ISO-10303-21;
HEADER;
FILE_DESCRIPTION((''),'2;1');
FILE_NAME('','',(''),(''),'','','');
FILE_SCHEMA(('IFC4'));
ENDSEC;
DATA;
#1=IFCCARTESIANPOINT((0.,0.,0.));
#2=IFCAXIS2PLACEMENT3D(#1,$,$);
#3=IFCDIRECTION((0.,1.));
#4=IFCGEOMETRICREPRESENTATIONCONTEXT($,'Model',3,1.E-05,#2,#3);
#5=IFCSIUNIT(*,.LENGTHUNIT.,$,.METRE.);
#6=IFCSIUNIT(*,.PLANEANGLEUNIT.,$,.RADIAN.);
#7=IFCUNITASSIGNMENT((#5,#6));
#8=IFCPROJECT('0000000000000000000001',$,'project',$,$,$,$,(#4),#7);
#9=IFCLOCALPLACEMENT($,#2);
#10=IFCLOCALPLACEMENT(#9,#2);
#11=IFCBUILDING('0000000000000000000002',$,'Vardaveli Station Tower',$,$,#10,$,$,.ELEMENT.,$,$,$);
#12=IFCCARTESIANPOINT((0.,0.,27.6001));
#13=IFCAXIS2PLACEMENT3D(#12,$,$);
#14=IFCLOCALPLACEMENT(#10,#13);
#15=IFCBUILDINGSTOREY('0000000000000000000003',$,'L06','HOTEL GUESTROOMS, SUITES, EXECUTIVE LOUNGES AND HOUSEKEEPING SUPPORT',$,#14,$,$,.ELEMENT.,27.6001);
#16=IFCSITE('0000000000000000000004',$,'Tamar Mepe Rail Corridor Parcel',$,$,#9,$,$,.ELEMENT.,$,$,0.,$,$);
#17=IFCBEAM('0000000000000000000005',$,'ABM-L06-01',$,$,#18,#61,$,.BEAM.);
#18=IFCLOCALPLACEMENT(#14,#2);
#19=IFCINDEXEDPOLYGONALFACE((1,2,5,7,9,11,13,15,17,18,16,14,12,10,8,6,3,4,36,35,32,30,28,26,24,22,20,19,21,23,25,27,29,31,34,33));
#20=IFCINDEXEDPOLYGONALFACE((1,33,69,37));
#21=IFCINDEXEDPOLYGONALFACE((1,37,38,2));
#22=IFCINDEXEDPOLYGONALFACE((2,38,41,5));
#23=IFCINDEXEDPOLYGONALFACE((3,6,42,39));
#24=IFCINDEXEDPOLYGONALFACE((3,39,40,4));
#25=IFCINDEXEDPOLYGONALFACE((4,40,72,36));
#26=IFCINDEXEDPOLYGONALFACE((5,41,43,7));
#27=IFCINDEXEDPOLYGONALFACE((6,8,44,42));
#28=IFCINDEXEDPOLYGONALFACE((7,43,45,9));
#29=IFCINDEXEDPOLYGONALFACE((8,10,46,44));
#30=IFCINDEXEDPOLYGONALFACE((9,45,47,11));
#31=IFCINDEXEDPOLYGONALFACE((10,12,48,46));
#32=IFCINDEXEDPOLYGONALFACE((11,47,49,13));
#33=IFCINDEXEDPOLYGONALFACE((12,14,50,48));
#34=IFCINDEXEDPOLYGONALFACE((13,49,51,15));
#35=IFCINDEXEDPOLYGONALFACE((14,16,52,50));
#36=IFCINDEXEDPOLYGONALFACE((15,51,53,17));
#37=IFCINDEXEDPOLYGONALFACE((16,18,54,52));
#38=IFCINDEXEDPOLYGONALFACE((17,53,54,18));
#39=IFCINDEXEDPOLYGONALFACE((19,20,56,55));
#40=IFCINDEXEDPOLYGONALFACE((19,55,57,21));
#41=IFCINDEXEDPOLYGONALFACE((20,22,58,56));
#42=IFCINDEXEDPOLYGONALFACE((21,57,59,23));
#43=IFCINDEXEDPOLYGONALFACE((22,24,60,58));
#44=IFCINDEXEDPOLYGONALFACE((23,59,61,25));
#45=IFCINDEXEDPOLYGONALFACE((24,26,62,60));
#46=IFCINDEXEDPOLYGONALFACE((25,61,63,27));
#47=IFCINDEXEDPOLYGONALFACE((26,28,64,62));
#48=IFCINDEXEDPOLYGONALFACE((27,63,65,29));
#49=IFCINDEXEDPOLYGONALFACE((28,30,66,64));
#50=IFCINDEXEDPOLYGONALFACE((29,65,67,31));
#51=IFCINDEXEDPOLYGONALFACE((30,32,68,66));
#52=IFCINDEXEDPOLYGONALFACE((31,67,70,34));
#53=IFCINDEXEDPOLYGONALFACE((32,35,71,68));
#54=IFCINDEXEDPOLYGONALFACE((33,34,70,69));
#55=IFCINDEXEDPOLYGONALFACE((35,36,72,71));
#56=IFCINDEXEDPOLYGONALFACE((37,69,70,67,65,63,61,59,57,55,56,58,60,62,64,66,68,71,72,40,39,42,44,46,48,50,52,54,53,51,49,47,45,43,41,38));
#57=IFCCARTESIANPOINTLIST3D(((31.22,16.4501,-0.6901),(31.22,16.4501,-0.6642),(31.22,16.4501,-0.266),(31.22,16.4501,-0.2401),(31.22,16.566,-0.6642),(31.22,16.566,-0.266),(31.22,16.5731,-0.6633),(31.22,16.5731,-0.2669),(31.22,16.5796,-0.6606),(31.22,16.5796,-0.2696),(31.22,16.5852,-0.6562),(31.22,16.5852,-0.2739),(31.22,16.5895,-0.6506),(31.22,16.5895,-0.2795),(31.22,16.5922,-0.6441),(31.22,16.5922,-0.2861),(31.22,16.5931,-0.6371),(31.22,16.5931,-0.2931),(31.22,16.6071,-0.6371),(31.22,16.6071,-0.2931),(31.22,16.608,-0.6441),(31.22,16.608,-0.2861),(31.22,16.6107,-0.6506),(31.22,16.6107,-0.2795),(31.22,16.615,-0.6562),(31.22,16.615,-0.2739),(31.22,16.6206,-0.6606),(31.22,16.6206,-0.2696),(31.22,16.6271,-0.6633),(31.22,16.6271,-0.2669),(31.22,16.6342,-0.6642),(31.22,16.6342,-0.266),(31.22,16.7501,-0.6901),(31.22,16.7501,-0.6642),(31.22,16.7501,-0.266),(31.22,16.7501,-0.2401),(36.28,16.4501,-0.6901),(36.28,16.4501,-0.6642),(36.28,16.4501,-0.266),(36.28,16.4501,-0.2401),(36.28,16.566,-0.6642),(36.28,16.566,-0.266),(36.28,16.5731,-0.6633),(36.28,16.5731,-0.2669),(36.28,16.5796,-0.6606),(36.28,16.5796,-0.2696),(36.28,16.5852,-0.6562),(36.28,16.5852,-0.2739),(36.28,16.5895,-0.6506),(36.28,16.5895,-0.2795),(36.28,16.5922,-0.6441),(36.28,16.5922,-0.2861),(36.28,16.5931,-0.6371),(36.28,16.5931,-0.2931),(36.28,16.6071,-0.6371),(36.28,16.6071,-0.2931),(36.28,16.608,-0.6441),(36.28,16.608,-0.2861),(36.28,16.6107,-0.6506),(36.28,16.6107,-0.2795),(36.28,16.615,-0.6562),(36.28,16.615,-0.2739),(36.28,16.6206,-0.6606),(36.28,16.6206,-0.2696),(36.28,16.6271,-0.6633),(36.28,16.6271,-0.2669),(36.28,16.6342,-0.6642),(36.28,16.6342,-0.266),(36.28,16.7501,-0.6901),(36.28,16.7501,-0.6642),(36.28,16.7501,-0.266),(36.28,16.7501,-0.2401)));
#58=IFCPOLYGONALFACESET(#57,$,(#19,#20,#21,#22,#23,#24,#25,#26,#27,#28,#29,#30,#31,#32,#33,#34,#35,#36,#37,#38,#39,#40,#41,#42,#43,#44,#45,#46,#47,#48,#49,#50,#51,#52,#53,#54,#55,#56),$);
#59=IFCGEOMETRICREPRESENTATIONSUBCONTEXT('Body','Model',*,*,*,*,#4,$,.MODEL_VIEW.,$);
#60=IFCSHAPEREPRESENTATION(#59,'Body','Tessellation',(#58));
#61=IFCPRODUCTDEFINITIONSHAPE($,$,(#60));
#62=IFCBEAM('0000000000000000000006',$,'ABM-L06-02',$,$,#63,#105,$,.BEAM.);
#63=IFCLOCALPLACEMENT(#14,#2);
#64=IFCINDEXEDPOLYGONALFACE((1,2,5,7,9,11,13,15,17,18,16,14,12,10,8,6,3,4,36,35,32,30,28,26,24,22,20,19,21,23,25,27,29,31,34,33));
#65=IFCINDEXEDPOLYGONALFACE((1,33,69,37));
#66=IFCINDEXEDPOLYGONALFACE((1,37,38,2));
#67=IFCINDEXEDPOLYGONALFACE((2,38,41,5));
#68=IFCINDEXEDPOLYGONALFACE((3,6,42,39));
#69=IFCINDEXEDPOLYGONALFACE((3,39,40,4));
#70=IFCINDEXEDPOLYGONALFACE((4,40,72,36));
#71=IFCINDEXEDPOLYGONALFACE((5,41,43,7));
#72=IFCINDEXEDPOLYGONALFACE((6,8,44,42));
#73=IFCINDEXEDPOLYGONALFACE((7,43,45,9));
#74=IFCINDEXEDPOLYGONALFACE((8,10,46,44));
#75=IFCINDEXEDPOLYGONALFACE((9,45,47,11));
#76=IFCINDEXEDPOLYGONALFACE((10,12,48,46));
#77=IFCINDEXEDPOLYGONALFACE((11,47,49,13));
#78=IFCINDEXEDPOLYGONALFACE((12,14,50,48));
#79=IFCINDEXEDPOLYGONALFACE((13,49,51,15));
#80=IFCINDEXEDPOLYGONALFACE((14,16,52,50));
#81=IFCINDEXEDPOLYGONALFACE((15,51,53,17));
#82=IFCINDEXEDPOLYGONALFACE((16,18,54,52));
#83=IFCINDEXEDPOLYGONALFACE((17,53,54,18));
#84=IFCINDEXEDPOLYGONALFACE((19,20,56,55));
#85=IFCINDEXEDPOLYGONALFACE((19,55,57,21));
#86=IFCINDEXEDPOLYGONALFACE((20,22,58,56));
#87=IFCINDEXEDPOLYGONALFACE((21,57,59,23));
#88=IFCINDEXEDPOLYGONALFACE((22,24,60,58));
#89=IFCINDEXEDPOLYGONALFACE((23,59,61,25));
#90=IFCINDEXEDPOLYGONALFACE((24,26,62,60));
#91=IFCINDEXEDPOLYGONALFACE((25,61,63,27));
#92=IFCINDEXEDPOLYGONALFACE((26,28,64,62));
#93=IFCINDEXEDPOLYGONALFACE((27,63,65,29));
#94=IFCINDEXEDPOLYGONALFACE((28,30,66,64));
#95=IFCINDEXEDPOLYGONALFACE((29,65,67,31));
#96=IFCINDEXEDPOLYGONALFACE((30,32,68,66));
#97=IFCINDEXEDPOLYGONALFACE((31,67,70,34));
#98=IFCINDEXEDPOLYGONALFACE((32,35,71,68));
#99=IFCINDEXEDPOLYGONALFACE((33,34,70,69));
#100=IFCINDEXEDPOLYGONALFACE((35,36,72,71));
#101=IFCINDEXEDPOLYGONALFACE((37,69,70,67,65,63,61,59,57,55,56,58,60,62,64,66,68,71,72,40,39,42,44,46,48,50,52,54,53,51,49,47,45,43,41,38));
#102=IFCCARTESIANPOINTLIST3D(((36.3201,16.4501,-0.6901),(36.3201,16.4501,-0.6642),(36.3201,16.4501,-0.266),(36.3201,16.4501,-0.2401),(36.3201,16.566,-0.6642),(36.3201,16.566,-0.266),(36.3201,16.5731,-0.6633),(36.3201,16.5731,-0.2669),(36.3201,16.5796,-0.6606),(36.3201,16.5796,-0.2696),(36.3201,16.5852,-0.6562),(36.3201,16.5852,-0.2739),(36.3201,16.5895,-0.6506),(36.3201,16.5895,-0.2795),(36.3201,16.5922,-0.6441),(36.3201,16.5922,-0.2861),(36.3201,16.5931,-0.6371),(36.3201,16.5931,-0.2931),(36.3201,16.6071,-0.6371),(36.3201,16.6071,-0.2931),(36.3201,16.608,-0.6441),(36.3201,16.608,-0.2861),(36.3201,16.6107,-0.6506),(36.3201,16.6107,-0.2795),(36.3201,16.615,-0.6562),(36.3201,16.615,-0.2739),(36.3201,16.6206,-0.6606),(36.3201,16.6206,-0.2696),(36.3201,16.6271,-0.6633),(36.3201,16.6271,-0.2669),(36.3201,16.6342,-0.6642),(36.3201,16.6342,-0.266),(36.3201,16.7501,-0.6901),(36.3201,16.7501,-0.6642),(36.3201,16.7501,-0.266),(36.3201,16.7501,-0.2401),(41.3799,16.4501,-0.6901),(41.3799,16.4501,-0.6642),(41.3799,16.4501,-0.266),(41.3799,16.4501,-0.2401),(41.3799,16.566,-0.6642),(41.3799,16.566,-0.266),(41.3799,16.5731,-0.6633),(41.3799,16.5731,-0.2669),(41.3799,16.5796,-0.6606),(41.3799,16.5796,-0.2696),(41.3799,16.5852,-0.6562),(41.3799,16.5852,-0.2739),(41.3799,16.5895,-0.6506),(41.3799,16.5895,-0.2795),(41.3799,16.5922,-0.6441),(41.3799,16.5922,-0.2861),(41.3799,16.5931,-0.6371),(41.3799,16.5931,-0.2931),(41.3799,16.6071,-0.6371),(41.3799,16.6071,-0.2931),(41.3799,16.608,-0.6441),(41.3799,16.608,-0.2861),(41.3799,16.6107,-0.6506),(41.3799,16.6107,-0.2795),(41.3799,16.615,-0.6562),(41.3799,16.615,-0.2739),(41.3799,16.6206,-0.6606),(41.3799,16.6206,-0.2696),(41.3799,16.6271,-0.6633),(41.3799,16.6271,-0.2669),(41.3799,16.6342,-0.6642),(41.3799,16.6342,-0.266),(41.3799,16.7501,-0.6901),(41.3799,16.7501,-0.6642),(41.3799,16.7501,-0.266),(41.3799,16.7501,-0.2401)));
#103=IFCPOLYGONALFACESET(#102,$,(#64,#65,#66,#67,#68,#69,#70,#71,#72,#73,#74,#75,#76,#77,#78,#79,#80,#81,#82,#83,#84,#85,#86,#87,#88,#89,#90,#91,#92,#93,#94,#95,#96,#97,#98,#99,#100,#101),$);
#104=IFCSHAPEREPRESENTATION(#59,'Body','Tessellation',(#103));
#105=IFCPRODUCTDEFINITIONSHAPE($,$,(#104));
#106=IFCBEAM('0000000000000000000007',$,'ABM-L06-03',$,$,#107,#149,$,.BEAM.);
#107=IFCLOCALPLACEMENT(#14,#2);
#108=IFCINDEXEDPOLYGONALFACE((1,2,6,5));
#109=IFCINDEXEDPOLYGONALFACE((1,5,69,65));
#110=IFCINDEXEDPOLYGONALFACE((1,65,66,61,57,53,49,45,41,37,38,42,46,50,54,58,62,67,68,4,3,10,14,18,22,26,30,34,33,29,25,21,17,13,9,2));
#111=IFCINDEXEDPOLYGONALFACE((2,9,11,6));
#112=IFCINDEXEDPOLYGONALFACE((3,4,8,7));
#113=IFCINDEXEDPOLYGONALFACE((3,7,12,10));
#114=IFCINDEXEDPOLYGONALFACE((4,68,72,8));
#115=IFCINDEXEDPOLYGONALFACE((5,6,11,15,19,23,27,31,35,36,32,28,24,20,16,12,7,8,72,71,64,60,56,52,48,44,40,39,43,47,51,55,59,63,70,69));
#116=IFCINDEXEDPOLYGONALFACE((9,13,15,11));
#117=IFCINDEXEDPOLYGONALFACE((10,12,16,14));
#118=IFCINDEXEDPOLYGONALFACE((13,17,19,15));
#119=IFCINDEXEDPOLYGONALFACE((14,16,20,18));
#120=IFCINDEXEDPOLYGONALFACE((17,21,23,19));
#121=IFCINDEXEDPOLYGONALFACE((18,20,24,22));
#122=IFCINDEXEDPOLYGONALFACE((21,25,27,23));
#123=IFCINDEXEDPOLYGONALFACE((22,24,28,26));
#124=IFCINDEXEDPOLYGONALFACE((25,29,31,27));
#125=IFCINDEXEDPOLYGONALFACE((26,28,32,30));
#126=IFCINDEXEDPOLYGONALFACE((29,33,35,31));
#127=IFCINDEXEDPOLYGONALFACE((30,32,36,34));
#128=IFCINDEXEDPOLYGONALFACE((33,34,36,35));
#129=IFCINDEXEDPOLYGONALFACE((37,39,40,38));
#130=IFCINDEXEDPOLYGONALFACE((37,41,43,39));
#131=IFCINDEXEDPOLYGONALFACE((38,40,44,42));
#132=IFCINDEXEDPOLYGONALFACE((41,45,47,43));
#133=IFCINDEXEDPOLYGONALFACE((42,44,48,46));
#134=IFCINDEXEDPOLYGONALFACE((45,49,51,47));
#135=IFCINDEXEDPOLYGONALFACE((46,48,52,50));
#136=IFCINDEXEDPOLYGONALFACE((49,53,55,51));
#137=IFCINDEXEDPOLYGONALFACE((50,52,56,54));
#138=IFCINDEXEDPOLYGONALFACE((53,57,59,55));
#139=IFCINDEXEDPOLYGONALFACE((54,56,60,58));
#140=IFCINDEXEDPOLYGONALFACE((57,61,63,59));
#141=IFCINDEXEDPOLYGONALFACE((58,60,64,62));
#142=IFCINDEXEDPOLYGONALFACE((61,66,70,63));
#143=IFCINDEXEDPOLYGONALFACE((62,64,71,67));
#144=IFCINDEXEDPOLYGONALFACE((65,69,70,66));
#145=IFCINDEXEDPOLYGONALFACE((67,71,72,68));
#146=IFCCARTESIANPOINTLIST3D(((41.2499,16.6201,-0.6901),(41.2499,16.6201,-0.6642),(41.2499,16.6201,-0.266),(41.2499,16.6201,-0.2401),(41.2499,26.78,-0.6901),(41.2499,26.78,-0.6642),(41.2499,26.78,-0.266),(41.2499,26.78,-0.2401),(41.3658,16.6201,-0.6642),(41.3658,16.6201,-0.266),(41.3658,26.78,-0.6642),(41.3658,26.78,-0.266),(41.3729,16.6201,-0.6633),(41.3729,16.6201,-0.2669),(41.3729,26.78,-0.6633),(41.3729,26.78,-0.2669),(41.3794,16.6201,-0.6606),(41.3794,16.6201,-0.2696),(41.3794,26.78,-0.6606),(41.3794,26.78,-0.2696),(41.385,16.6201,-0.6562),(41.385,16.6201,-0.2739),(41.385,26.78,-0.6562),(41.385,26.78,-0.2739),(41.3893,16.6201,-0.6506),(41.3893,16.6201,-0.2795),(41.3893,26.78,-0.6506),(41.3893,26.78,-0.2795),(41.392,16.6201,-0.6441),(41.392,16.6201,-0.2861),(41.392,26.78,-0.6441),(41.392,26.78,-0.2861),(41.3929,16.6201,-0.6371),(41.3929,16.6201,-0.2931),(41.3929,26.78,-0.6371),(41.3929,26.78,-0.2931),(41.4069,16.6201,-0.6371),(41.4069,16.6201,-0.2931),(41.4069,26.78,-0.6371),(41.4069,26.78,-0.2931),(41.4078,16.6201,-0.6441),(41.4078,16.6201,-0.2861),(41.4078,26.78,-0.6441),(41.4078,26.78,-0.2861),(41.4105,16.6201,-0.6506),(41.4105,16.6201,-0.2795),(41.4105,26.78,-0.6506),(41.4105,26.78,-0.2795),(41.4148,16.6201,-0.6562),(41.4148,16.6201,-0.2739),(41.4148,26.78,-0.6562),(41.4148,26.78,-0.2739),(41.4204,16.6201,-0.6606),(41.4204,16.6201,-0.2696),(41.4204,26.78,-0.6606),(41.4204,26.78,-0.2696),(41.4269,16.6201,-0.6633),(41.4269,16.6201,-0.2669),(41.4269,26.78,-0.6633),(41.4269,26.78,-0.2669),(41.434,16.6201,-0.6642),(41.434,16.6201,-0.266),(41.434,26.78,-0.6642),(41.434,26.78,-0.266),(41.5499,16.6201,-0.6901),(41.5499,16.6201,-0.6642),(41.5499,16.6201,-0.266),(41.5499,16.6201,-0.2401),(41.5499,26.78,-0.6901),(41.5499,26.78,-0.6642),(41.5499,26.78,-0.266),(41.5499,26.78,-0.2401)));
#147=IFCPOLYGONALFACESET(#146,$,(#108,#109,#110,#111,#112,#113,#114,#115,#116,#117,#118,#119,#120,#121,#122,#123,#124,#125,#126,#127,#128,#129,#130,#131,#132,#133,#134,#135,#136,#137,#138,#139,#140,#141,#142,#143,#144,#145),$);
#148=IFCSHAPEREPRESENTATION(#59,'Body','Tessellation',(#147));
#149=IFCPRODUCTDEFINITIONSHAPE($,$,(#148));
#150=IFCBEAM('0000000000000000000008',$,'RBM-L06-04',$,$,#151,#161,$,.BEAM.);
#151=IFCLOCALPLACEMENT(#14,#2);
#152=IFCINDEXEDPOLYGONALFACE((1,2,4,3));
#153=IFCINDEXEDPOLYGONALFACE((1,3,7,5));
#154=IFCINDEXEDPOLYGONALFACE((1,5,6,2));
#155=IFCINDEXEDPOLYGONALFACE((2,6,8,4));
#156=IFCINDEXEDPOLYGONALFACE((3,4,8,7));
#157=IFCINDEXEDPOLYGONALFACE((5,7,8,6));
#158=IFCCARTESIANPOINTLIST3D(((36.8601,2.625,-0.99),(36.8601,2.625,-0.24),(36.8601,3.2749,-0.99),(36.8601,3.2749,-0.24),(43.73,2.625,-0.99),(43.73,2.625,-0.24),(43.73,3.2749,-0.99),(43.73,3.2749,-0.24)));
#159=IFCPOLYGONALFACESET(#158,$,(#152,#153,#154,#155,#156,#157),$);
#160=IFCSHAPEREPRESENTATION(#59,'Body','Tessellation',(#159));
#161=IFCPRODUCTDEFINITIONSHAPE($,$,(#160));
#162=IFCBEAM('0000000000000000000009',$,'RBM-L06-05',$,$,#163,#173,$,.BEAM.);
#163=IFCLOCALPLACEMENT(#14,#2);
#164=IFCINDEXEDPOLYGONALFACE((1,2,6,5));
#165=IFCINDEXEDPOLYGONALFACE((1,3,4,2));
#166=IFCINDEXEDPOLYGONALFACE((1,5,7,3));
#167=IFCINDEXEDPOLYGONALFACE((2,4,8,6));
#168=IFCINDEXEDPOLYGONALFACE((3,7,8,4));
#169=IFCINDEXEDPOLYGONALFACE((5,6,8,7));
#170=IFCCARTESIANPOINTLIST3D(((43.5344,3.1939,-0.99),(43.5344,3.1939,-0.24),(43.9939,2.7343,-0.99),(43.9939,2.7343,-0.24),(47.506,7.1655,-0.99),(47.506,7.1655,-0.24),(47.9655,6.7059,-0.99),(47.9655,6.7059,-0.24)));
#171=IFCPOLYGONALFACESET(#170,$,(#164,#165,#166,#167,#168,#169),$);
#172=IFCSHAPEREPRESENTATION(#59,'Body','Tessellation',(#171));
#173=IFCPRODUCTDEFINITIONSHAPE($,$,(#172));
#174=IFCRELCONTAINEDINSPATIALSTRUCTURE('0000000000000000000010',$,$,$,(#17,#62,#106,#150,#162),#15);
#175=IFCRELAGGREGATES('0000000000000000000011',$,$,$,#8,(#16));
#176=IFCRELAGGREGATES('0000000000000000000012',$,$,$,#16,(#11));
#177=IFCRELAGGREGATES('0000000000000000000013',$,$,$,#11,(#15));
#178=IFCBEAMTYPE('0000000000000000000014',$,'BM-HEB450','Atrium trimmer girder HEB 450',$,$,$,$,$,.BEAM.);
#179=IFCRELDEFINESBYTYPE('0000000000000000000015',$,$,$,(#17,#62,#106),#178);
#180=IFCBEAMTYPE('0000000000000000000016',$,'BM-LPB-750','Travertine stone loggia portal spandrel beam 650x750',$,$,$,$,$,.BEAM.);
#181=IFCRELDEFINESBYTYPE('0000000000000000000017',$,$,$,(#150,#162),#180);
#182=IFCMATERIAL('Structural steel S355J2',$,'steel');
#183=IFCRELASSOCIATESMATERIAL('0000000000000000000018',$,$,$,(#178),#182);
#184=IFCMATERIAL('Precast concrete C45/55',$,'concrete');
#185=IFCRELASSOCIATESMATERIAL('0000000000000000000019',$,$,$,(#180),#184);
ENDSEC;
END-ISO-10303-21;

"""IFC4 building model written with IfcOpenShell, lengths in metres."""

from ifc_helpers import new_model, si_unit, direction, frame, origin, origin_2d, place, context, subcontext, project, spatial, rectangle, i_section, extrude, source, transform, mapped, material, material_profile, profile_set, type_object, element, save


model = new_model("IFC4")

# Units and contexts
model_context = context("Model", 3, precision=1e-05, world=origin(), true_north=direction((0.0, 1.0)))
body_context = subcontext(model_context, "Body", "Model", "MODEL_VIEW")
ifc_project = project(units=[si_unit("LENGTHUNIT", "METRE"), si_unit("PLANEANGLEUNIT", "RADIAN")], contexts=[model_context])

# Site, building, storey
site_placement = place(None, origin())
site = spatial("IfcSite", under=ifc_project, at=site_placement, Name="Tamar Mepe Rail Corridor Parcel", CompositionType="ELEMENT", RefElevation=0.0)
building_placement = place(site_placement, origin())
building = spatial("IfcBuilding", under=site, at=building_placement, Name="Vardaveli Station Tower", CompositionType="ELEMENT")
storey_placement = place(building_placement, frame((0.0, 0.0, 27.6001)))
storey = spatial("IfcBuildingStorey", under=building, at=storey_placement, Name="L06", Description="HOTEL GUESTROOMS, SUITES, EXECUTIVE LOUNGES AND HOUSEKEEPING SUPPORT", CompositionType="ELEMENT", Elevation=27.6001)

# Beams
ifc_material_1 = material(Name="Structural steel S355J2", Category="steel")
ifc_material_profile_1 = material_profile(ifc_material_1, i_section(OverallWidth=0.3, OverallDepth=0.45, WebThickness=0.0139, FlangeThickness=0.0259, FilletRadius=0.0271, at=origin_2d()), Name="HEB 450")
ifc_profile_set_1 = profile_set([ifc_material_profile_1], Name="Structural steel S355J2")
beam_type_1 = type_object("IfcBeamType", Name="BM-HEB450", Description="Atrium trimmer girder HEB 450", PredefinedType="BEAM", material=ifc_profile_set_1)
shared_shape_1 = source(origin(), body_context, "Body", "SweptSolid", [
    extrude(i_section(OverallWidth=0.3, OverallDepth=0.45, WebThickness=0.0139, FlangeThickness=0.0259, FilletRadius=0.0271, at=origin_2d()), origin(), (0.0, 0.0, 1.0), 5.0601),
])
beam_1_placement = place(storey_placement, frame((31.22, 16.6001, -0.4651), z_axis=(1.0, 0.0, 0.0), x_axis=(0.0, 1.0, 0.0)))
element("IfcBeam", 1, at=beam_1_placement, inside=storey, type_object=beam_type_1, Name="ABM-L06-01", PredefinedType="BEAM", context=body_context, shape_type="MappedRepresentation", body=[
    mapped(shared_shape_1, transform((0.0, 0.0, 0.0), scale=1.0)),
])
shared_shape_2 = source(origin(), body_context, "Body", "SweptSolid", [
    extrude(i_section(OverallWidth=0.3, OverallDepth=0.45, WebThickness=0.0139, FlangeThickness=0.0259, FilletRadius=0.0271, at=origin_2d()), origin(), (0.0, 0.0, 1.0), 5.0598),
])
beam_2_placement = place(storey_placement, frame((36.3201, 16.6001, -0.4651), z_axis=(1.0, 0.0, 0.0), x_axis=(0.0, 1.0, 0.0)))
element("IfcBeam", 2, at=beam_2_placement, inside=storey, type_object=beam_type_1, Name="ABM-L06-02", PredefinedType="BEAM", context=body_context, shape_type="MappedRepresentation", body=[
    mapped(shared_shape_2, transform((0.0, 0.0, 0.0), scale=1.0)),
])
shared_shape_3 = source(origin(), body_context, "Body", "SweptSolid", [
    extrude(i_section(OverallWidth=0.3, OverallDepth=0.45, WebThickness=0.0139, FlangeThickness=0.0259, FilletRadius=0.0271, at=origin_2d()), origin(), (0.0, 0.0, 1.0), 10.1599),
])
beam_3_placement = place(storey_placement, frame((41.3999, 16.6201, -0.4651), z_axis=(0.0, 1.0, 0.0), x_axis=(-1.0, 0.0, 0.0)))
element("IfcBeam", 3, at=beam_3_placement, inside=storey, type_object=beam_type_1, Name="ABM-L06-03", PredefinedType="BEAM", context=body_context, shape_type="MappedRepresentation", body=[
    mapped(shared_shape_3, transform((0.0, 0.0, 0.0), scale=1.0)),
])
ifc_material_2 = material(Name="Precast concrete C45/55", Category="concrete")
ifc_material_profile_2 = material_profile(ifc_material_2, rectangle(XDim=0.6499, YDim=0.75, at=origin_2d()), Name="LPB 650x750")
ifc_profile_set_2 = profile_set([ifc_material_profile_2], Name="Precast concrete C45/55")
beam_type_2 = type_object("IfcBeamType", Name="BM-LPB-750", Description="Travertine stone loggia portal spandrel beam 650x750", PredefinedType="BEAM", material=ifc_profile_set_2)
shared_shape_4 = source(origin(), body_context, "Body", "SweptSolid", [
    extrude(rectangle(XDim=0.6499, YDim=0.75, at=origin_2d()), origin(), (0.0, 0.0, 1.0), 6.8699),
])
beam_4_placement = place(storey_placement, frame((36.8601, 2.95, -0.615), z_axis=(1.0, 0.0, 0.0), x_axis=(0.0, 1.0, 0.0)))
element("IfcBeam", 4, at=beam_4_placement, inside=storey, type_object=beam_type_2, Name="RBM-L06-04", PredefinedType="BEAM", context=body_context, shape_type="MappedRepresentation", body=[
    mapped(shared_shape_4, transform((0.0, 0.0, 0.0), scale=1.0)),
])
shared_shape_5 = source(origin(), body_context, "Body", "SweptSolid", [
    extrude(rectangle(XDim=0.6499, YDim=0.75, at=origin_2d()), origin(), (0.0, 0.0, 1.0), 5.6167),
])
beam_5_placement = place(storey_placement, frame((43.7642, 2.9641, -0.615), z_axis=(0.707107, 0.707107, 0.0), x_axis=(-0.707107, 0.707107, 0.0)))
element("IfcBeam", 5, at=beam_5_placement, inside=storey, type_object=beam_type_2, Name="RBM-L06-05", PredefinedType="BEAM", context=body_context, shape_type="MappedRepresentation", body=[
    mapped(shared_shape_5, transform((0.0, 0.0, 0.0), scale=1.0)),
])

save(model, "model.ifc")
